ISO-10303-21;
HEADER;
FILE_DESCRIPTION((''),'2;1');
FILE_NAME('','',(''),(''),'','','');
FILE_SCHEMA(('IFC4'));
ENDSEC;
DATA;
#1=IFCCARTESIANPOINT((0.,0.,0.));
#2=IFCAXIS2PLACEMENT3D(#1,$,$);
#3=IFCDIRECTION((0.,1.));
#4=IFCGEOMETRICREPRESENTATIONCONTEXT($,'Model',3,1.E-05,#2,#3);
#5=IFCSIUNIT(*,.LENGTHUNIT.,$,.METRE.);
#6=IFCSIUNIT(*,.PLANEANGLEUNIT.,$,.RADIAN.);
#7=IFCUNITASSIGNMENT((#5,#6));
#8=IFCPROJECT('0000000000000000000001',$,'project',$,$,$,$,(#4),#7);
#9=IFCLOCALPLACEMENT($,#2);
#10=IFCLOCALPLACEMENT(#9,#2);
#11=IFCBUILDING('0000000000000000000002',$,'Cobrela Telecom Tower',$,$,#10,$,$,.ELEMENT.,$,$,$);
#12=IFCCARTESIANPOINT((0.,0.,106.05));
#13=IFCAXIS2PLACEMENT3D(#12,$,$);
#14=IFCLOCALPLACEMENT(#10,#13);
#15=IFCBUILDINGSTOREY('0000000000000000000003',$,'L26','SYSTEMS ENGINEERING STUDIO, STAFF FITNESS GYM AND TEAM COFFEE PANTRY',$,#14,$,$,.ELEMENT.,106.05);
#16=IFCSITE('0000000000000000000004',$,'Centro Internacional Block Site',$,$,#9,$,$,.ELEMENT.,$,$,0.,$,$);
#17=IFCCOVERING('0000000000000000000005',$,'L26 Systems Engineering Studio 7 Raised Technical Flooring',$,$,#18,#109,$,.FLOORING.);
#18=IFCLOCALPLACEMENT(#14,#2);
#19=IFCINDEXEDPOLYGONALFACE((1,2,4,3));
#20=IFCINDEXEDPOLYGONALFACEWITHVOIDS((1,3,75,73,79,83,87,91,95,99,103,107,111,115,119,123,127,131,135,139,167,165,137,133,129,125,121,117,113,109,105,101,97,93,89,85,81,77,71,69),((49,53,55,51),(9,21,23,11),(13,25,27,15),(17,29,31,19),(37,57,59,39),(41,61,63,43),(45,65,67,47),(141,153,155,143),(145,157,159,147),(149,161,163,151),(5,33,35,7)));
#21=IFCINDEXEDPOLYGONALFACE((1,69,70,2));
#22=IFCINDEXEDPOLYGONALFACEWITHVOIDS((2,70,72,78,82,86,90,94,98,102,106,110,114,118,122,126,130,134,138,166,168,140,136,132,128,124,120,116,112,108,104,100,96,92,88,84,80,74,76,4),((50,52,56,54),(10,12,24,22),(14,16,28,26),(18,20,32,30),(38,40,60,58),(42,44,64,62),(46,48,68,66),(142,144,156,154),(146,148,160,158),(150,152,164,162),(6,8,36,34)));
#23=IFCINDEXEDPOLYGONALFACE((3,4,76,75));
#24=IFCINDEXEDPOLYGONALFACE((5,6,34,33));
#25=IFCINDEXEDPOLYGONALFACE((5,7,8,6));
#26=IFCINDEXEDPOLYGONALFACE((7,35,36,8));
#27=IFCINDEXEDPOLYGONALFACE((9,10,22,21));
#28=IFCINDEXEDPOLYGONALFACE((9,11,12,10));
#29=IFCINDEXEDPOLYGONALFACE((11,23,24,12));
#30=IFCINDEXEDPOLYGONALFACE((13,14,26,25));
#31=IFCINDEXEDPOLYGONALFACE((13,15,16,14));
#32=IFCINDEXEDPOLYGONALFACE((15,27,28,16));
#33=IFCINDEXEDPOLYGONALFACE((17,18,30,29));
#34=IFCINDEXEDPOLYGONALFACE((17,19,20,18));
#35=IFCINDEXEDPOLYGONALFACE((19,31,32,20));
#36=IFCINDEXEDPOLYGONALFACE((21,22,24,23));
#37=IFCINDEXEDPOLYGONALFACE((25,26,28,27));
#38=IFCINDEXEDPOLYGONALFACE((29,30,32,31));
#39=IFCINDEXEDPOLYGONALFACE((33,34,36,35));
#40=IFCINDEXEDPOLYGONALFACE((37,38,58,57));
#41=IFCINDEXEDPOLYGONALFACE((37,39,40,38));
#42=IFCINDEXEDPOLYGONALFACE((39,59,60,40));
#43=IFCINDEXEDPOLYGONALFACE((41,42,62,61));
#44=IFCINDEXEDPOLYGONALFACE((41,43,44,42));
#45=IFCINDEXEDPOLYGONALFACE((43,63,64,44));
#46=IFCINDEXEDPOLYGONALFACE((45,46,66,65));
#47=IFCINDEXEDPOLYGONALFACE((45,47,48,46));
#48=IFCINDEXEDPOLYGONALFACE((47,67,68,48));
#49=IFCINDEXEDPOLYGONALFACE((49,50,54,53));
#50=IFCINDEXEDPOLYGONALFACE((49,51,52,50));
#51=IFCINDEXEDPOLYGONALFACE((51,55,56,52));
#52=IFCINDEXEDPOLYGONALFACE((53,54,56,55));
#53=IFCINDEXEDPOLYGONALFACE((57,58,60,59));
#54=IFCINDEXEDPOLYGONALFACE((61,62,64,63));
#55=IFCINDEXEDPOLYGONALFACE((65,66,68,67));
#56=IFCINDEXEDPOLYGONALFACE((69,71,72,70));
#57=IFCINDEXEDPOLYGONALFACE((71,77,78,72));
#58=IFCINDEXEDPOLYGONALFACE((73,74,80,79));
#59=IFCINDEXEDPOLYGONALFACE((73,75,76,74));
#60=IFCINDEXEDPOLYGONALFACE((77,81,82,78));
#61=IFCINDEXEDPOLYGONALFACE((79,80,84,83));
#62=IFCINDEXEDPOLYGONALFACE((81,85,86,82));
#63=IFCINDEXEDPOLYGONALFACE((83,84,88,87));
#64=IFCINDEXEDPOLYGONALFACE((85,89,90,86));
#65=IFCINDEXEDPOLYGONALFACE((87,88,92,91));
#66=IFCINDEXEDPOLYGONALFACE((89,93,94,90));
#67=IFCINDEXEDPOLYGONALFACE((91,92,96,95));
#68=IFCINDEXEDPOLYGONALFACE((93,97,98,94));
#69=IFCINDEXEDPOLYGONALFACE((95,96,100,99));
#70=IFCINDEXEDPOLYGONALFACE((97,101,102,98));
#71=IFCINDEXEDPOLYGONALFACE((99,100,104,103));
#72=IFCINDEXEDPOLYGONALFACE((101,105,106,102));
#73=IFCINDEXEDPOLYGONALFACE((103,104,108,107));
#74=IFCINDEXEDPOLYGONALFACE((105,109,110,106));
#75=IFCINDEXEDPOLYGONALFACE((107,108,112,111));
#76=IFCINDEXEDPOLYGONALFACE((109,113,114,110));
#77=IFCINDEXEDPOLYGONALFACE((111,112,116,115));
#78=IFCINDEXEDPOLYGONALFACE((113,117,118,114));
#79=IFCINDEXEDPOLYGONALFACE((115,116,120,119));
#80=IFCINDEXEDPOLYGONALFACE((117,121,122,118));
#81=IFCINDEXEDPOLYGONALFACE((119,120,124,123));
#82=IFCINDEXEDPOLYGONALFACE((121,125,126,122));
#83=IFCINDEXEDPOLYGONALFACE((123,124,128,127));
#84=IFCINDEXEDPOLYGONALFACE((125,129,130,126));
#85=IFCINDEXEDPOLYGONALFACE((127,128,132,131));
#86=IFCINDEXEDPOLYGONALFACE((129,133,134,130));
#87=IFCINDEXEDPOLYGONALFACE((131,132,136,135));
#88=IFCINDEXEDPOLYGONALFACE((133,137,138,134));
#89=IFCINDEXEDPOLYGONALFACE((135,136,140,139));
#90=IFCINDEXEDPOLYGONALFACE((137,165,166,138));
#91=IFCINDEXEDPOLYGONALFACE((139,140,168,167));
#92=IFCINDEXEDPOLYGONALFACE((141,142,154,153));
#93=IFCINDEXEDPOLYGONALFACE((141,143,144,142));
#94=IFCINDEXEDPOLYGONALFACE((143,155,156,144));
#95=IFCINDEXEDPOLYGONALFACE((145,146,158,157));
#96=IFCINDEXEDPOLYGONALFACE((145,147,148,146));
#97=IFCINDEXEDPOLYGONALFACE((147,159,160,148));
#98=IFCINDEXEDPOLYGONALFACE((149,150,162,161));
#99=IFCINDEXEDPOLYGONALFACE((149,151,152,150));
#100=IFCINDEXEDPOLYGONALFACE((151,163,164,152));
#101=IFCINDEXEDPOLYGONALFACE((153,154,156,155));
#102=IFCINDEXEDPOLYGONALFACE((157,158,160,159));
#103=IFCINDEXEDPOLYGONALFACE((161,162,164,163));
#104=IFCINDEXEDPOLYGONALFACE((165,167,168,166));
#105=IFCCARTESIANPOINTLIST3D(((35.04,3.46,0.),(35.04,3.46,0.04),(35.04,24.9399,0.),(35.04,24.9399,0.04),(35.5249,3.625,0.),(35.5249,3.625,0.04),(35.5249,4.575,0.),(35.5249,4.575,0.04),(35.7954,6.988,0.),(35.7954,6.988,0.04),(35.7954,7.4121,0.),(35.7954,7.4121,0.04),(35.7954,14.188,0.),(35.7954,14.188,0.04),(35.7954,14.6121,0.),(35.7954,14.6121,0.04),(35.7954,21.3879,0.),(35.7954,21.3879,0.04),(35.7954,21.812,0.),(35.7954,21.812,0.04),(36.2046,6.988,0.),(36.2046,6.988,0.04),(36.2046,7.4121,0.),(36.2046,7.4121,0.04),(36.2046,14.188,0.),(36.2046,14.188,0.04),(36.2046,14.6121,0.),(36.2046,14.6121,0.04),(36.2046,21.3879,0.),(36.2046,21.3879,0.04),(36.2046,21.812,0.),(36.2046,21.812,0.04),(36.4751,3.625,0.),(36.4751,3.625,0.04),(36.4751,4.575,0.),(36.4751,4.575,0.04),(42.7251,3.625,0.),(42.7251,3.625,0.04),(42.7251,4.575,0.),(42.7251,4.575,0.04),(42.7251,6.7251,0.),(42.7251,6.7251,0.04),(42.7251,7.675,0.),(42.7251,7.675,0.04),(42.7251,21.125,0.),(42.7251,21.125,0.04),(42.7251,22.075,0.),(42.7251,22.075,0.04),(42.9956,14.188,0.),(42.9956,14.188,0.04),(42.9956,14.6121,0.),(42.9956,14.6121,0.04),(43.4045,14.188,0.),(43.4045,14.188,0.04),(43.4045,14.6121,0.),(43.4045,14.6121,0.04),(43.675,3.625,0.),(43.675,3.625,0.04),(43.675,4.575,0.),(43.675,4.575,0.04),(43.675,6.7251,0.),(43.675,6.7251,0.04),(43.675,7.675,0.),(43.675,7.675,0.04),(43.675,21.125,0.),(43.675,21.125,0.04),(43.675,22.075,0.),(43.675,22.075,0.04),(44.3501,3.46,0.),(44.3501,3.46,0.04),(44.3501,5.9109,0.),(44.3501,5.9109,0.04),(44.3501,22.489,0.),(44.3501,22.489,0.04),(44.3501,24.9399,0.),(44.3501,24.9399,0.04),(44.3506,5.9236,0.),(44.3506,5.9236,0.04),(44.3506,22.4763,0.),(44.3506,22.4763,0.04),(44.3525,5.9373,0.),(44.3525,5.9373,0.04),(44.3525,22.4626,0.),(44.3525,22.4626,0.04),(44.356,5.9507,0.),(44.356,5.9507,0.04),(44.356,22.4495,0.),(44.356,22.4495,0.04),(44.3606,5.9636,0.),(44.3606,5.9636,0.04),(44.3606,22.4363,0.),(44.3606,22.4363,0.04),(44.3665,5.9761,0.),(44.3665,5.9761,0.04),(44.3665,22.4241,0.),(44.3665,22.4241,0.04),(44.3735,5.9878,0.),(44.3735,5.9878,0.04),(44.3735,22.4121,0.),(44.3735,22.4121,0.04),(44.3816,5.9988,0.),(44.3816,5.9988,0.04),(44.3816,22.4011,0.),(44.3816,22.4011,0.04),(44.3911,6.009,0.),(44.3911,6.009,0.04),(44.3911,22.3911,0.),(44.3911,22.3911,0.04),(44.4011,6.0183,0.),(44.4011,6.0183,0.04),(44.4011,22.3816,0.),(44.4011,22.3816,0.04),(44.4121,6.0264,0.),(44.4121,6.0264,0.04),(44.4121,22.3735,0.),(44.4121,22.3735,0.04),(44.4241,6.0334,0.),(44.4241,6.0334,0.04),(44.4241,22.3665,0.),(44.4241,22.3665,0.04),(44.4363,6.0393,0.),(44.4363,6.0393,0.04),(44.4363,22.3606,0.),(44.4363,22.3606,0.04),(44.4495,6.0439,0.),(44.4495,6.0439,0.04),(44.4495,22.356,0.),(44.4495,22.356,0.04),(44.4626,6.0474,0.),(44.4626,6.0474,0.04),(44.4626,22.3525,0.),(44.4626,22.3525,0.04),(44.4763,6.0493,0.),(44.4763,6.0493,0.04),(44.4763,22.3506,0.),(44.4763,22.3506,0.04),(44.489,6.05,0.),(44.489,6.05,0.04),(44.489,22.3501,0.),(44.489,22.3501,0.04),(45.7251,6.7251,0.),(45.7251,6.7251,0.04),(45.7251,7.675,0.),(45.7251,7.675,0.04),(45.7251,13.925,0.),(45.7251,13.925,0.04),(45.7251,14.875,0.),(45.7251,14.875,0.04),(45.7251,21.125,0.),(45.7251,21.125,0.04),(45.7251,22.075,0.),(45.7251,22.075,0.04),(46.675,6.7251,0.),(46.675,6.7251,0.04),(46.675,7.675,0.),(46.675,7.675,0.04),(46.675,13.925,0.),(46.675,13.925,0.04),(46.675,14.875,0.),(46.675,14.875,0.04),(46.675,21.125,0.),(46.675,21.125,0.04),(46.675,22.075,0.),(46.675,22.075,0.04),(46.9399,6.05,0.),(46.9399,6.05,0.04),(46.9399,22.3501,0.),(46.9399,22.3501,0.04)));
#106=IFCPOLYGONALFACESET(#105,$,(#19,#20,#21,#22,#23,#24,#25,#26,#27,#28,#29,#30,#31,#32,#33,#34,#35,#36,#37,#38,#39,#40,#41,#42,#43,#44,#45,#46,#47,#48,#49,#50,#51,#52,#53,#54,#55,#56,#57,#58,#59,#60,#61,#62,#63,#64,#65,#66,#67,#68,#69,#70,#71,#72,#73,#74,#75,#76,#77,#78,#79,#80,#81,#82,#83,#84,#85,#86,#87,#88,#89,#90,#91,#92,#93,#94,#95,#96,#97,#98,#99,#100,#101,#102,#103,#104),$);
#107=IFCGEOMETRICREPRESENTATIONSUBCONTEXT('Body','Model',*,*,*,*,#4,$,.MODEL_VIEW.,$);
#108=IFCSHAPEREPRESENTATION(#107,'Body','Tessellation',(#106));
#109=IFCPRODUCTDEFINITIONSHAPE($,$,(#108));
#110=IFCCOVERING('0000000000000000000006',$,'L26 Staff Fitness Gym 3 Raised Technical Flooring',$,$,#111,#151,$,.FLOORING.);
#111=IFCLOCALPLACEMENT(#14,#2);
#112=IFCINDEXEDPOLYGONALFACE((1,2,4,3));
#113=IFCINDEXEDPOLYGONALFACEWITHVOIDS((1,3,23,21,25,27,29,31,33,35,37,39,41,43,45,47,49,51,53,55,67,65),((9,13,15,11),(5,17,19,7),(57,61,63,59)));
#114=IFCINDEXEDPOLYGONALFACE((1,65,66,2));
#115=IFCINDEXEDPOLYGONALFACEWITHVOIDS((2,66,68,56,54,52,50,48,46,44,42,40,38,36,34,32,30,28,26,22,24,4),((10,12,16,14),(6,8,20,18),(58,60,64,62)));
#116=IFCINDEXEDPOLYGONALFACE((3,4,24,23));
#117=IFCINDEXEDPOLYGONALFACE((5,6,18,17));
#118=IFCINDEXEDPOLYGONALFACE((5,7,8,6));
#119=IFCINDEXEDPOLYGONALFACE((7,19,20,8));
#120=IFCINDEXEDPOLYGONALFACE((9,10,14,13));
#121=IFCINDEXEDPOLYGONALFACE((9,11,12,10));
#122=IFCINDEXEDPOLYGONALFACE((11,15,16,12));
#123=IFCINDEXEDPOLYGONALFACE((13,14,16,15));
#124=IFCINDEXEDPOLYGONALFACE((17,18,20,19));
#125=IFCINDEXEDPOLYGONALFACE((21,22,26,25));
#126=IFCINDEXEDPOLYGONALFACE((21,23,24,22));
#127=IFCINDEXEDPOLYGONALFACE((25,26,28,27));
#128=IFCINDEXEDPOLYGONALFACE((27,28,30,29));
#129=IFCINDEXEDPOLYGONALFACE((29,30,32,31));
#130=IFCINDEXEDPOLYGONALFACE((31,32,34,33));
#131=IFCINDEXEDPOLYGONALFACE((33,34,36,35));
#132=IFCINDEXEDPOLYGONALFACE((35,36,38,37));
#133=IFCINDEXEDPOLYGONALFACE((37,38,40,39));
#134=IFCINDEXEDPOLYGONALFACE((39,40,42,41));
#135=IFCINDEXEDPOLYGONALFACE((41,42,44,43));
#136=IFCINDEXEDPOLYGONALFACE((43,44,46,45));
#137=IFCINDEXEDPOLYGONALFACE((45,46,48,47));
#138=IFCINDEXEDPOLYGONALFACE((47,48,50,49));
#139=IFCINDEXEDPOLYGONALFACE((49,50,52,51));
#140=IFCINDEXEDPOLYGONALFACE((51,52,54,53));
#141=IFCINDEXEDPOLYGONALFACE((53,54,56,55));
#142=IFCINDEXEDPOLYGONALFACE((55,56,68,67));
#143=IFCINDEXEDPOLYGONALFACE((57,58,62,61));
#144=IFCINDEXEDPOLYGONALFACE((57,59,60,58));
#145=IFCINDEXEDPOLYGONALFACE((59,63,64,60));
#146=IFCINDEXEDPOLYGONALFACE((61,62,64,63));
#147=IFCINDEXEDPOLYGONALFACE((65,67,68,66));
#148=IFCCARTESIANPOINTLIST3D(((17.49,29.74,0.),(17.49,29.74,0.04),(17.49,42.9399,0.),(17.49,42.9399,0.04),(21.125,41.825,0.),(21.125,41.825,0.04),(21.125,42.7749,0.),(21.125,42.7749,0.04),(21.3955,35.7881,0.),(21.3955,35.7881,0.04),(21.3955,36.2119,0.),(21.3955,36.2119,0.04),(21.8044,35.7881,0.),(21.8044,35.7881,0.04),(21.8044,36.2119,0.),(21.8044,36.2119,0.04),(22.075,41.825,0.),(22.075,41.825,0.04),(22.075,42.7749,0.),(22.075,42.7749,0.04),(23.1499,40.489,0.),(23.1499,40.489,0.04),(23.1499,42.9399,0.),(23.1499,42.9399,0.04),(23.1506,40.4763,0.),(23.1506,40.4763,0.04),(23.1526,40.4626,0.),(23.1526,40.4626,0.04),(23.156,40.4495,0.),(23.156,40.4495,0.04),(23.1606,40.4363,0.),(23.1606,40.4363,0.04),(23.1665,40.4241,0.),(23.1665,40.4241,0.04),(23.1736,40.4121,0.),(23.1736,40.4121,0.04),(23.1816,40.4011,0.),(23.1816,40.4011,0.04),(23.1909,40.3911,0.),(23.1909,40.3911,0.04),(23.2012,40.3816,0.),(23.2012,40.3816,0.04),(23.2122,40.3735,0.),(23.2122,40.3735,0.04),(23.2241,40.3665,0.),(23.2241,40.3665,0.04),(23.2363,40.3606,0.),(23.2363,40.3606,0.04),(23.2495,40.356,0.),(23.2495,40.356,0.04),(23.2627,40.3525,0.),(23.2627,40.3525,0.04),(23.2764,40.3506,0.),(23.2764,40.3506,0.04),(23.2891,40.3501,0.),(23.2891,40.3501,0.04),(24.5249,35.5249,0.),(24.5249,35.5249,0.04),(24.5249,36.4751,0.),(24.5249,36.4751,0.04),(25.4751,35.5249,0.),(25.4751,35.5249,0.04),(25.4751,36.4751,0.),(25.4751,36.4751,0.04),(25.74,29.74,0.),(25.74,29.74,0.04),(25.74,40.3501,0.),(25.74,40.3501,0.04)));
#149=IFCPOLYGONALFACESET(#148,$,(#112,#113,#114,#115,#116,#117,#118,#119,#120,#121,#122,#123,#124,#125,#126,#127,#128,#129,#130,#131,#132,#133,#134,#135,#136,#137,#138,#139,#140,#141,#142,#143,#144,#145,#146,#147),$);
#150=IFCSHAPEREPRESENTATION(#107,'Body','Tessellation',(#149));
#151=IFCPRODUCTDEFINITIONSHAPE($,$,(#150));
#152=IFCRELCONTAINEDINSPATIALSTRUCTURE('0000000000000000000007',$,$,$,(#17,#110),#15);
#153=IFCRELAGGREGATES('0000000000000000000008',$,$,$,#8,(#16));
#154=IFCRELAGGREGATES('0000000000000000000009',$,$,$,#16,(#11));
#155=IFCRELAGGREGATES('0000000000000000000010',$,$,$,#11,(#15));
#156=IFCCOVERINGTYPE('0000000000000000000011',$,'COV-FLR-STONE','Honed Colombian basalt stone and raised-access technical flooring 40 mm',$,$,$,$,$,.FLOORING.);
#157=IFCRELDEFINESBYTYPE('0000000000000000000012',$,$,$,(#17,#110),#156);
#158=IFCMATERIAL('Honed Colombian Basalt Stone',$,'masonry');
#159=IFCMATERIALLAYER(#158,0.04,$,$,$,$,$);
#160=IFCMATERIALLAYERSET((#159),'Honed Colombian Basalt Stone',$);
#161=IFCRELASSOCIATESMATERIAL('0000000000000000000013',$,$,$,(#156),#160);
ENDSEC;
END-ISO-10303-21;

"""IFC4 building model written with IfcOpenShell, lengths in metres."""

from ifc_helpers import new_model, si_unit, direction, frame, origin, place, context, subcontext, project, spatial, polyline, outline, extrude, material, layer, layer_set, type_object, element, save


model = new_model("IFC4")

# Units and contexts
model_context = context("Model", 3, precision=1e-05, world=origin(), true_north=direction((0.0, 1.0)))
body_context = subcontext(model_context, "Body", "Model", "MODEL_VIEW")
ifc_project = project(units=[si_unit("LENGTHUNIT", "METRE"), si_unit("PLANEANGLEUNIT", "RADIAN")], contexts=[model_context])

# Site, building, storey
site_placement = place(None, origin())
site = spatial("IfcSite", under=ifc_project, at=site_placement, Name="Centro Internacional Block Site", CompositionType="ELEMENT", RefElevation=0.0)
building_placement = place(site_placement, origin())
building = spatial("IfcBuilding", under=site, at=building_placement, Name="Cobrela Telecom Tower", CompositionType="ELEMENT")
storey_placement = place(building_placement, frame((0.0, 0.0, 106.05)))
storey = spatial("IfcBuildingStorey", under=building, at=storey_placement, Name="L26", Description="SYSTEMS ENGINEERING STUDIO, STAFF FITNESS GYM AND TEAM COFFEE PANTRY", CompositionType="ELEMENT", Elevation=106.05)

# Coverings
ifc_material_1 = material(Name="Honed Colombian Basalt Stone", Category="masonry")
ifc_layer_1 = layer(ifc_material_1, 0.04)
ifc_layer_set_1 = layer_set([ifc_layer_1], Name="Honed Colombian Basalt Stone")
covering_type_1 = type_object("IfcCoveringType", Name="COV-FLR-STONE", Description="Honed Colombian basalt stone and raised-access technical flooring 40 mm", PredefinedType="FLOORING", material=ifc_layer_set_1)
covering_1_placement = place(storey_placement, origin())
element("IfcCovering", 1, at=covering_1_placement, inside=storey, type_object=covering_type_1, Name="L26 Systems Engineering Studio 7 Raised Technical Flooring", PredefinedType="FLOORING", context=body_context, shape_type="SweptSolid", body=[
    extrude(outline(polyline([(44.4626, 6.0474), (44.4495, 6.0439), (44.4363, 6.0393), (44.4241, 6.0334), (44.4121, 6.0264), (44.4011, 6.0183), (44.3911, 6.009), (44.3816, 5.9988), (44.3735, 5.9878), (44.3665, 5.9761), (44.3606, 5.9636), (44.356, 5.9507), (44.3525, 5.9373), (44.3506, 5.9236), (44.3501, 5.9109), (44.3501, 3.46), (35.04, 3.46), (35.04, 24.9399), (44.3501, 24.9399), (44.3501, 22.489), (44.3506, 22.4763), (44.3525, 22.4626), (44.356, 22.4495), (44.3606, 22.4363), (44.3665, 22.4241), (44.3735, 22.4121), (44.3816, 22.4011), (44.3911, 22.3911), (44.4011, 22.3816), (44.4121, 22.3735), (44.4241, 22.3665), (44.4363, 22.3606), (44.4495, 22.356), (44.4626, 22.3525), (44.4763, 22.3506), (44.489, 22.3501), (46.9399, 22.3501), (46.9399, 6.05), (44.489, 6.05), (44.4763, 6.0493), (44.4626, 6.0474)]), holes=[polyline([(36.4751, 3.625), (36.4751, 4.575), (35.5249, 4.575), (35.5249, 3.625), (36.4751, 3.625)]), polyline([(43.675, 3.625), (43.675, 4.575), (42.7251, 4.575), (42.7251, 3.625), (43.675, 3.625)]), polyline([(36.2046, 6.988), (36.2046, 7.4121), (35.7954, 7.4121), (35.7954, 6.988), (36.2046, 6.988)]), polyline([(43.675, 6.7251), (43.675, 7.675), (42.7251, 7.675), (42.7251, 6.7251), (43.675, 6.7251)]), polyline([(46.675, 6.7251), (46.675, 7.675), (45.7251, 7.675), (45.7251, 6.7251), (46.675, 6.7251)]), polyline([(36.2046, 14.6121), (35.7954, 14.6121), (35.7954, 14.188), (36.2046, 14.188), (36.2046, 14.6121)]), polyline([(43.4045, 14.188), (43.4045, 14.6121), (42.9956, 14.6121), (42.9956, 14.188), (43.4045, 14.188)]), polyline([(46.675, 13.925), (46.675, 14.875), (45.7251, 14.875), (45.7251, 13.925), (46.675, 13.925)]), polyline([(36.2046, 21.3879), (36.2046, 21.812), (35.7954, 21.812), (35.7954, 21.3879), (36.2046, 21.3879)]), polyline([(43.675, 21.125), (43.675, 22.075), (42.7251, 22.075), (42.7251, 21.125), (43.675, 21.125)]), polyline([(46.675, 21.125), (46.675, 22.075), (45.7251, 22.075), (45.7251, 21.125), (46.675, 21.125)])]), origin(), (0.0, 0.0, 1.0), 0.04),
])
covering_2_placement = place(storey_placement, origin())
element("IfcCovering", 2, at=covering_2_placement, inside=storey, type_object=covering_type_1, Name="L26 Staff Fitness Gym 3 Raised Technical Flooring", PredefinedType="FLOORING", context=body_context, shape_type="SweptSolid", body=[
    extrude(outline(polyline([(23.1499, 42.9399), (23.1499, 40.489), (23.1506, 40.4763), (23.1526, 40.4626), (23.156, 40.4495), (23.1606, 40.4363), (23.1665, 40.4241), (23.1736, 40.4121), (23.1816, 40.4011), (23.1909, 40.3911), (23.2012, 40.3816), (23.2122, 40.3735), (23.2241, 40.3665), (23.2363, 40.3606), (23.2495, 40.356), (23.2627, 40.3525), (23.2764, 40.3506), (23.2891, 40.3501), (25.74, 40.3501), (25.74, 29.74), (17.49, 29.74), (17.49, 42.9399), (23.1499, 42.9399)]), holes=[polyline([(21.8044, 35.7881), (21.8044, 36.2119), (21.3955, 36.2119), (21.3955, 35.7881), (21.8044, 35.7881)]), polyline([(25.4751, 35.5249), (25.4751, 36.4751), (24.5249, 36.4751), (24.5249, 35.5249), (25.4751, 35.5249)]), polyline([(22.075, 41.825), (22.075, 42.7749), (21.125, 42.7749), (21.125, 41.825), (22.075, 41.825)])]), origin(), (0.0, 0.0, 1.0), 0.04),
])

save(model, "model.ifc")
